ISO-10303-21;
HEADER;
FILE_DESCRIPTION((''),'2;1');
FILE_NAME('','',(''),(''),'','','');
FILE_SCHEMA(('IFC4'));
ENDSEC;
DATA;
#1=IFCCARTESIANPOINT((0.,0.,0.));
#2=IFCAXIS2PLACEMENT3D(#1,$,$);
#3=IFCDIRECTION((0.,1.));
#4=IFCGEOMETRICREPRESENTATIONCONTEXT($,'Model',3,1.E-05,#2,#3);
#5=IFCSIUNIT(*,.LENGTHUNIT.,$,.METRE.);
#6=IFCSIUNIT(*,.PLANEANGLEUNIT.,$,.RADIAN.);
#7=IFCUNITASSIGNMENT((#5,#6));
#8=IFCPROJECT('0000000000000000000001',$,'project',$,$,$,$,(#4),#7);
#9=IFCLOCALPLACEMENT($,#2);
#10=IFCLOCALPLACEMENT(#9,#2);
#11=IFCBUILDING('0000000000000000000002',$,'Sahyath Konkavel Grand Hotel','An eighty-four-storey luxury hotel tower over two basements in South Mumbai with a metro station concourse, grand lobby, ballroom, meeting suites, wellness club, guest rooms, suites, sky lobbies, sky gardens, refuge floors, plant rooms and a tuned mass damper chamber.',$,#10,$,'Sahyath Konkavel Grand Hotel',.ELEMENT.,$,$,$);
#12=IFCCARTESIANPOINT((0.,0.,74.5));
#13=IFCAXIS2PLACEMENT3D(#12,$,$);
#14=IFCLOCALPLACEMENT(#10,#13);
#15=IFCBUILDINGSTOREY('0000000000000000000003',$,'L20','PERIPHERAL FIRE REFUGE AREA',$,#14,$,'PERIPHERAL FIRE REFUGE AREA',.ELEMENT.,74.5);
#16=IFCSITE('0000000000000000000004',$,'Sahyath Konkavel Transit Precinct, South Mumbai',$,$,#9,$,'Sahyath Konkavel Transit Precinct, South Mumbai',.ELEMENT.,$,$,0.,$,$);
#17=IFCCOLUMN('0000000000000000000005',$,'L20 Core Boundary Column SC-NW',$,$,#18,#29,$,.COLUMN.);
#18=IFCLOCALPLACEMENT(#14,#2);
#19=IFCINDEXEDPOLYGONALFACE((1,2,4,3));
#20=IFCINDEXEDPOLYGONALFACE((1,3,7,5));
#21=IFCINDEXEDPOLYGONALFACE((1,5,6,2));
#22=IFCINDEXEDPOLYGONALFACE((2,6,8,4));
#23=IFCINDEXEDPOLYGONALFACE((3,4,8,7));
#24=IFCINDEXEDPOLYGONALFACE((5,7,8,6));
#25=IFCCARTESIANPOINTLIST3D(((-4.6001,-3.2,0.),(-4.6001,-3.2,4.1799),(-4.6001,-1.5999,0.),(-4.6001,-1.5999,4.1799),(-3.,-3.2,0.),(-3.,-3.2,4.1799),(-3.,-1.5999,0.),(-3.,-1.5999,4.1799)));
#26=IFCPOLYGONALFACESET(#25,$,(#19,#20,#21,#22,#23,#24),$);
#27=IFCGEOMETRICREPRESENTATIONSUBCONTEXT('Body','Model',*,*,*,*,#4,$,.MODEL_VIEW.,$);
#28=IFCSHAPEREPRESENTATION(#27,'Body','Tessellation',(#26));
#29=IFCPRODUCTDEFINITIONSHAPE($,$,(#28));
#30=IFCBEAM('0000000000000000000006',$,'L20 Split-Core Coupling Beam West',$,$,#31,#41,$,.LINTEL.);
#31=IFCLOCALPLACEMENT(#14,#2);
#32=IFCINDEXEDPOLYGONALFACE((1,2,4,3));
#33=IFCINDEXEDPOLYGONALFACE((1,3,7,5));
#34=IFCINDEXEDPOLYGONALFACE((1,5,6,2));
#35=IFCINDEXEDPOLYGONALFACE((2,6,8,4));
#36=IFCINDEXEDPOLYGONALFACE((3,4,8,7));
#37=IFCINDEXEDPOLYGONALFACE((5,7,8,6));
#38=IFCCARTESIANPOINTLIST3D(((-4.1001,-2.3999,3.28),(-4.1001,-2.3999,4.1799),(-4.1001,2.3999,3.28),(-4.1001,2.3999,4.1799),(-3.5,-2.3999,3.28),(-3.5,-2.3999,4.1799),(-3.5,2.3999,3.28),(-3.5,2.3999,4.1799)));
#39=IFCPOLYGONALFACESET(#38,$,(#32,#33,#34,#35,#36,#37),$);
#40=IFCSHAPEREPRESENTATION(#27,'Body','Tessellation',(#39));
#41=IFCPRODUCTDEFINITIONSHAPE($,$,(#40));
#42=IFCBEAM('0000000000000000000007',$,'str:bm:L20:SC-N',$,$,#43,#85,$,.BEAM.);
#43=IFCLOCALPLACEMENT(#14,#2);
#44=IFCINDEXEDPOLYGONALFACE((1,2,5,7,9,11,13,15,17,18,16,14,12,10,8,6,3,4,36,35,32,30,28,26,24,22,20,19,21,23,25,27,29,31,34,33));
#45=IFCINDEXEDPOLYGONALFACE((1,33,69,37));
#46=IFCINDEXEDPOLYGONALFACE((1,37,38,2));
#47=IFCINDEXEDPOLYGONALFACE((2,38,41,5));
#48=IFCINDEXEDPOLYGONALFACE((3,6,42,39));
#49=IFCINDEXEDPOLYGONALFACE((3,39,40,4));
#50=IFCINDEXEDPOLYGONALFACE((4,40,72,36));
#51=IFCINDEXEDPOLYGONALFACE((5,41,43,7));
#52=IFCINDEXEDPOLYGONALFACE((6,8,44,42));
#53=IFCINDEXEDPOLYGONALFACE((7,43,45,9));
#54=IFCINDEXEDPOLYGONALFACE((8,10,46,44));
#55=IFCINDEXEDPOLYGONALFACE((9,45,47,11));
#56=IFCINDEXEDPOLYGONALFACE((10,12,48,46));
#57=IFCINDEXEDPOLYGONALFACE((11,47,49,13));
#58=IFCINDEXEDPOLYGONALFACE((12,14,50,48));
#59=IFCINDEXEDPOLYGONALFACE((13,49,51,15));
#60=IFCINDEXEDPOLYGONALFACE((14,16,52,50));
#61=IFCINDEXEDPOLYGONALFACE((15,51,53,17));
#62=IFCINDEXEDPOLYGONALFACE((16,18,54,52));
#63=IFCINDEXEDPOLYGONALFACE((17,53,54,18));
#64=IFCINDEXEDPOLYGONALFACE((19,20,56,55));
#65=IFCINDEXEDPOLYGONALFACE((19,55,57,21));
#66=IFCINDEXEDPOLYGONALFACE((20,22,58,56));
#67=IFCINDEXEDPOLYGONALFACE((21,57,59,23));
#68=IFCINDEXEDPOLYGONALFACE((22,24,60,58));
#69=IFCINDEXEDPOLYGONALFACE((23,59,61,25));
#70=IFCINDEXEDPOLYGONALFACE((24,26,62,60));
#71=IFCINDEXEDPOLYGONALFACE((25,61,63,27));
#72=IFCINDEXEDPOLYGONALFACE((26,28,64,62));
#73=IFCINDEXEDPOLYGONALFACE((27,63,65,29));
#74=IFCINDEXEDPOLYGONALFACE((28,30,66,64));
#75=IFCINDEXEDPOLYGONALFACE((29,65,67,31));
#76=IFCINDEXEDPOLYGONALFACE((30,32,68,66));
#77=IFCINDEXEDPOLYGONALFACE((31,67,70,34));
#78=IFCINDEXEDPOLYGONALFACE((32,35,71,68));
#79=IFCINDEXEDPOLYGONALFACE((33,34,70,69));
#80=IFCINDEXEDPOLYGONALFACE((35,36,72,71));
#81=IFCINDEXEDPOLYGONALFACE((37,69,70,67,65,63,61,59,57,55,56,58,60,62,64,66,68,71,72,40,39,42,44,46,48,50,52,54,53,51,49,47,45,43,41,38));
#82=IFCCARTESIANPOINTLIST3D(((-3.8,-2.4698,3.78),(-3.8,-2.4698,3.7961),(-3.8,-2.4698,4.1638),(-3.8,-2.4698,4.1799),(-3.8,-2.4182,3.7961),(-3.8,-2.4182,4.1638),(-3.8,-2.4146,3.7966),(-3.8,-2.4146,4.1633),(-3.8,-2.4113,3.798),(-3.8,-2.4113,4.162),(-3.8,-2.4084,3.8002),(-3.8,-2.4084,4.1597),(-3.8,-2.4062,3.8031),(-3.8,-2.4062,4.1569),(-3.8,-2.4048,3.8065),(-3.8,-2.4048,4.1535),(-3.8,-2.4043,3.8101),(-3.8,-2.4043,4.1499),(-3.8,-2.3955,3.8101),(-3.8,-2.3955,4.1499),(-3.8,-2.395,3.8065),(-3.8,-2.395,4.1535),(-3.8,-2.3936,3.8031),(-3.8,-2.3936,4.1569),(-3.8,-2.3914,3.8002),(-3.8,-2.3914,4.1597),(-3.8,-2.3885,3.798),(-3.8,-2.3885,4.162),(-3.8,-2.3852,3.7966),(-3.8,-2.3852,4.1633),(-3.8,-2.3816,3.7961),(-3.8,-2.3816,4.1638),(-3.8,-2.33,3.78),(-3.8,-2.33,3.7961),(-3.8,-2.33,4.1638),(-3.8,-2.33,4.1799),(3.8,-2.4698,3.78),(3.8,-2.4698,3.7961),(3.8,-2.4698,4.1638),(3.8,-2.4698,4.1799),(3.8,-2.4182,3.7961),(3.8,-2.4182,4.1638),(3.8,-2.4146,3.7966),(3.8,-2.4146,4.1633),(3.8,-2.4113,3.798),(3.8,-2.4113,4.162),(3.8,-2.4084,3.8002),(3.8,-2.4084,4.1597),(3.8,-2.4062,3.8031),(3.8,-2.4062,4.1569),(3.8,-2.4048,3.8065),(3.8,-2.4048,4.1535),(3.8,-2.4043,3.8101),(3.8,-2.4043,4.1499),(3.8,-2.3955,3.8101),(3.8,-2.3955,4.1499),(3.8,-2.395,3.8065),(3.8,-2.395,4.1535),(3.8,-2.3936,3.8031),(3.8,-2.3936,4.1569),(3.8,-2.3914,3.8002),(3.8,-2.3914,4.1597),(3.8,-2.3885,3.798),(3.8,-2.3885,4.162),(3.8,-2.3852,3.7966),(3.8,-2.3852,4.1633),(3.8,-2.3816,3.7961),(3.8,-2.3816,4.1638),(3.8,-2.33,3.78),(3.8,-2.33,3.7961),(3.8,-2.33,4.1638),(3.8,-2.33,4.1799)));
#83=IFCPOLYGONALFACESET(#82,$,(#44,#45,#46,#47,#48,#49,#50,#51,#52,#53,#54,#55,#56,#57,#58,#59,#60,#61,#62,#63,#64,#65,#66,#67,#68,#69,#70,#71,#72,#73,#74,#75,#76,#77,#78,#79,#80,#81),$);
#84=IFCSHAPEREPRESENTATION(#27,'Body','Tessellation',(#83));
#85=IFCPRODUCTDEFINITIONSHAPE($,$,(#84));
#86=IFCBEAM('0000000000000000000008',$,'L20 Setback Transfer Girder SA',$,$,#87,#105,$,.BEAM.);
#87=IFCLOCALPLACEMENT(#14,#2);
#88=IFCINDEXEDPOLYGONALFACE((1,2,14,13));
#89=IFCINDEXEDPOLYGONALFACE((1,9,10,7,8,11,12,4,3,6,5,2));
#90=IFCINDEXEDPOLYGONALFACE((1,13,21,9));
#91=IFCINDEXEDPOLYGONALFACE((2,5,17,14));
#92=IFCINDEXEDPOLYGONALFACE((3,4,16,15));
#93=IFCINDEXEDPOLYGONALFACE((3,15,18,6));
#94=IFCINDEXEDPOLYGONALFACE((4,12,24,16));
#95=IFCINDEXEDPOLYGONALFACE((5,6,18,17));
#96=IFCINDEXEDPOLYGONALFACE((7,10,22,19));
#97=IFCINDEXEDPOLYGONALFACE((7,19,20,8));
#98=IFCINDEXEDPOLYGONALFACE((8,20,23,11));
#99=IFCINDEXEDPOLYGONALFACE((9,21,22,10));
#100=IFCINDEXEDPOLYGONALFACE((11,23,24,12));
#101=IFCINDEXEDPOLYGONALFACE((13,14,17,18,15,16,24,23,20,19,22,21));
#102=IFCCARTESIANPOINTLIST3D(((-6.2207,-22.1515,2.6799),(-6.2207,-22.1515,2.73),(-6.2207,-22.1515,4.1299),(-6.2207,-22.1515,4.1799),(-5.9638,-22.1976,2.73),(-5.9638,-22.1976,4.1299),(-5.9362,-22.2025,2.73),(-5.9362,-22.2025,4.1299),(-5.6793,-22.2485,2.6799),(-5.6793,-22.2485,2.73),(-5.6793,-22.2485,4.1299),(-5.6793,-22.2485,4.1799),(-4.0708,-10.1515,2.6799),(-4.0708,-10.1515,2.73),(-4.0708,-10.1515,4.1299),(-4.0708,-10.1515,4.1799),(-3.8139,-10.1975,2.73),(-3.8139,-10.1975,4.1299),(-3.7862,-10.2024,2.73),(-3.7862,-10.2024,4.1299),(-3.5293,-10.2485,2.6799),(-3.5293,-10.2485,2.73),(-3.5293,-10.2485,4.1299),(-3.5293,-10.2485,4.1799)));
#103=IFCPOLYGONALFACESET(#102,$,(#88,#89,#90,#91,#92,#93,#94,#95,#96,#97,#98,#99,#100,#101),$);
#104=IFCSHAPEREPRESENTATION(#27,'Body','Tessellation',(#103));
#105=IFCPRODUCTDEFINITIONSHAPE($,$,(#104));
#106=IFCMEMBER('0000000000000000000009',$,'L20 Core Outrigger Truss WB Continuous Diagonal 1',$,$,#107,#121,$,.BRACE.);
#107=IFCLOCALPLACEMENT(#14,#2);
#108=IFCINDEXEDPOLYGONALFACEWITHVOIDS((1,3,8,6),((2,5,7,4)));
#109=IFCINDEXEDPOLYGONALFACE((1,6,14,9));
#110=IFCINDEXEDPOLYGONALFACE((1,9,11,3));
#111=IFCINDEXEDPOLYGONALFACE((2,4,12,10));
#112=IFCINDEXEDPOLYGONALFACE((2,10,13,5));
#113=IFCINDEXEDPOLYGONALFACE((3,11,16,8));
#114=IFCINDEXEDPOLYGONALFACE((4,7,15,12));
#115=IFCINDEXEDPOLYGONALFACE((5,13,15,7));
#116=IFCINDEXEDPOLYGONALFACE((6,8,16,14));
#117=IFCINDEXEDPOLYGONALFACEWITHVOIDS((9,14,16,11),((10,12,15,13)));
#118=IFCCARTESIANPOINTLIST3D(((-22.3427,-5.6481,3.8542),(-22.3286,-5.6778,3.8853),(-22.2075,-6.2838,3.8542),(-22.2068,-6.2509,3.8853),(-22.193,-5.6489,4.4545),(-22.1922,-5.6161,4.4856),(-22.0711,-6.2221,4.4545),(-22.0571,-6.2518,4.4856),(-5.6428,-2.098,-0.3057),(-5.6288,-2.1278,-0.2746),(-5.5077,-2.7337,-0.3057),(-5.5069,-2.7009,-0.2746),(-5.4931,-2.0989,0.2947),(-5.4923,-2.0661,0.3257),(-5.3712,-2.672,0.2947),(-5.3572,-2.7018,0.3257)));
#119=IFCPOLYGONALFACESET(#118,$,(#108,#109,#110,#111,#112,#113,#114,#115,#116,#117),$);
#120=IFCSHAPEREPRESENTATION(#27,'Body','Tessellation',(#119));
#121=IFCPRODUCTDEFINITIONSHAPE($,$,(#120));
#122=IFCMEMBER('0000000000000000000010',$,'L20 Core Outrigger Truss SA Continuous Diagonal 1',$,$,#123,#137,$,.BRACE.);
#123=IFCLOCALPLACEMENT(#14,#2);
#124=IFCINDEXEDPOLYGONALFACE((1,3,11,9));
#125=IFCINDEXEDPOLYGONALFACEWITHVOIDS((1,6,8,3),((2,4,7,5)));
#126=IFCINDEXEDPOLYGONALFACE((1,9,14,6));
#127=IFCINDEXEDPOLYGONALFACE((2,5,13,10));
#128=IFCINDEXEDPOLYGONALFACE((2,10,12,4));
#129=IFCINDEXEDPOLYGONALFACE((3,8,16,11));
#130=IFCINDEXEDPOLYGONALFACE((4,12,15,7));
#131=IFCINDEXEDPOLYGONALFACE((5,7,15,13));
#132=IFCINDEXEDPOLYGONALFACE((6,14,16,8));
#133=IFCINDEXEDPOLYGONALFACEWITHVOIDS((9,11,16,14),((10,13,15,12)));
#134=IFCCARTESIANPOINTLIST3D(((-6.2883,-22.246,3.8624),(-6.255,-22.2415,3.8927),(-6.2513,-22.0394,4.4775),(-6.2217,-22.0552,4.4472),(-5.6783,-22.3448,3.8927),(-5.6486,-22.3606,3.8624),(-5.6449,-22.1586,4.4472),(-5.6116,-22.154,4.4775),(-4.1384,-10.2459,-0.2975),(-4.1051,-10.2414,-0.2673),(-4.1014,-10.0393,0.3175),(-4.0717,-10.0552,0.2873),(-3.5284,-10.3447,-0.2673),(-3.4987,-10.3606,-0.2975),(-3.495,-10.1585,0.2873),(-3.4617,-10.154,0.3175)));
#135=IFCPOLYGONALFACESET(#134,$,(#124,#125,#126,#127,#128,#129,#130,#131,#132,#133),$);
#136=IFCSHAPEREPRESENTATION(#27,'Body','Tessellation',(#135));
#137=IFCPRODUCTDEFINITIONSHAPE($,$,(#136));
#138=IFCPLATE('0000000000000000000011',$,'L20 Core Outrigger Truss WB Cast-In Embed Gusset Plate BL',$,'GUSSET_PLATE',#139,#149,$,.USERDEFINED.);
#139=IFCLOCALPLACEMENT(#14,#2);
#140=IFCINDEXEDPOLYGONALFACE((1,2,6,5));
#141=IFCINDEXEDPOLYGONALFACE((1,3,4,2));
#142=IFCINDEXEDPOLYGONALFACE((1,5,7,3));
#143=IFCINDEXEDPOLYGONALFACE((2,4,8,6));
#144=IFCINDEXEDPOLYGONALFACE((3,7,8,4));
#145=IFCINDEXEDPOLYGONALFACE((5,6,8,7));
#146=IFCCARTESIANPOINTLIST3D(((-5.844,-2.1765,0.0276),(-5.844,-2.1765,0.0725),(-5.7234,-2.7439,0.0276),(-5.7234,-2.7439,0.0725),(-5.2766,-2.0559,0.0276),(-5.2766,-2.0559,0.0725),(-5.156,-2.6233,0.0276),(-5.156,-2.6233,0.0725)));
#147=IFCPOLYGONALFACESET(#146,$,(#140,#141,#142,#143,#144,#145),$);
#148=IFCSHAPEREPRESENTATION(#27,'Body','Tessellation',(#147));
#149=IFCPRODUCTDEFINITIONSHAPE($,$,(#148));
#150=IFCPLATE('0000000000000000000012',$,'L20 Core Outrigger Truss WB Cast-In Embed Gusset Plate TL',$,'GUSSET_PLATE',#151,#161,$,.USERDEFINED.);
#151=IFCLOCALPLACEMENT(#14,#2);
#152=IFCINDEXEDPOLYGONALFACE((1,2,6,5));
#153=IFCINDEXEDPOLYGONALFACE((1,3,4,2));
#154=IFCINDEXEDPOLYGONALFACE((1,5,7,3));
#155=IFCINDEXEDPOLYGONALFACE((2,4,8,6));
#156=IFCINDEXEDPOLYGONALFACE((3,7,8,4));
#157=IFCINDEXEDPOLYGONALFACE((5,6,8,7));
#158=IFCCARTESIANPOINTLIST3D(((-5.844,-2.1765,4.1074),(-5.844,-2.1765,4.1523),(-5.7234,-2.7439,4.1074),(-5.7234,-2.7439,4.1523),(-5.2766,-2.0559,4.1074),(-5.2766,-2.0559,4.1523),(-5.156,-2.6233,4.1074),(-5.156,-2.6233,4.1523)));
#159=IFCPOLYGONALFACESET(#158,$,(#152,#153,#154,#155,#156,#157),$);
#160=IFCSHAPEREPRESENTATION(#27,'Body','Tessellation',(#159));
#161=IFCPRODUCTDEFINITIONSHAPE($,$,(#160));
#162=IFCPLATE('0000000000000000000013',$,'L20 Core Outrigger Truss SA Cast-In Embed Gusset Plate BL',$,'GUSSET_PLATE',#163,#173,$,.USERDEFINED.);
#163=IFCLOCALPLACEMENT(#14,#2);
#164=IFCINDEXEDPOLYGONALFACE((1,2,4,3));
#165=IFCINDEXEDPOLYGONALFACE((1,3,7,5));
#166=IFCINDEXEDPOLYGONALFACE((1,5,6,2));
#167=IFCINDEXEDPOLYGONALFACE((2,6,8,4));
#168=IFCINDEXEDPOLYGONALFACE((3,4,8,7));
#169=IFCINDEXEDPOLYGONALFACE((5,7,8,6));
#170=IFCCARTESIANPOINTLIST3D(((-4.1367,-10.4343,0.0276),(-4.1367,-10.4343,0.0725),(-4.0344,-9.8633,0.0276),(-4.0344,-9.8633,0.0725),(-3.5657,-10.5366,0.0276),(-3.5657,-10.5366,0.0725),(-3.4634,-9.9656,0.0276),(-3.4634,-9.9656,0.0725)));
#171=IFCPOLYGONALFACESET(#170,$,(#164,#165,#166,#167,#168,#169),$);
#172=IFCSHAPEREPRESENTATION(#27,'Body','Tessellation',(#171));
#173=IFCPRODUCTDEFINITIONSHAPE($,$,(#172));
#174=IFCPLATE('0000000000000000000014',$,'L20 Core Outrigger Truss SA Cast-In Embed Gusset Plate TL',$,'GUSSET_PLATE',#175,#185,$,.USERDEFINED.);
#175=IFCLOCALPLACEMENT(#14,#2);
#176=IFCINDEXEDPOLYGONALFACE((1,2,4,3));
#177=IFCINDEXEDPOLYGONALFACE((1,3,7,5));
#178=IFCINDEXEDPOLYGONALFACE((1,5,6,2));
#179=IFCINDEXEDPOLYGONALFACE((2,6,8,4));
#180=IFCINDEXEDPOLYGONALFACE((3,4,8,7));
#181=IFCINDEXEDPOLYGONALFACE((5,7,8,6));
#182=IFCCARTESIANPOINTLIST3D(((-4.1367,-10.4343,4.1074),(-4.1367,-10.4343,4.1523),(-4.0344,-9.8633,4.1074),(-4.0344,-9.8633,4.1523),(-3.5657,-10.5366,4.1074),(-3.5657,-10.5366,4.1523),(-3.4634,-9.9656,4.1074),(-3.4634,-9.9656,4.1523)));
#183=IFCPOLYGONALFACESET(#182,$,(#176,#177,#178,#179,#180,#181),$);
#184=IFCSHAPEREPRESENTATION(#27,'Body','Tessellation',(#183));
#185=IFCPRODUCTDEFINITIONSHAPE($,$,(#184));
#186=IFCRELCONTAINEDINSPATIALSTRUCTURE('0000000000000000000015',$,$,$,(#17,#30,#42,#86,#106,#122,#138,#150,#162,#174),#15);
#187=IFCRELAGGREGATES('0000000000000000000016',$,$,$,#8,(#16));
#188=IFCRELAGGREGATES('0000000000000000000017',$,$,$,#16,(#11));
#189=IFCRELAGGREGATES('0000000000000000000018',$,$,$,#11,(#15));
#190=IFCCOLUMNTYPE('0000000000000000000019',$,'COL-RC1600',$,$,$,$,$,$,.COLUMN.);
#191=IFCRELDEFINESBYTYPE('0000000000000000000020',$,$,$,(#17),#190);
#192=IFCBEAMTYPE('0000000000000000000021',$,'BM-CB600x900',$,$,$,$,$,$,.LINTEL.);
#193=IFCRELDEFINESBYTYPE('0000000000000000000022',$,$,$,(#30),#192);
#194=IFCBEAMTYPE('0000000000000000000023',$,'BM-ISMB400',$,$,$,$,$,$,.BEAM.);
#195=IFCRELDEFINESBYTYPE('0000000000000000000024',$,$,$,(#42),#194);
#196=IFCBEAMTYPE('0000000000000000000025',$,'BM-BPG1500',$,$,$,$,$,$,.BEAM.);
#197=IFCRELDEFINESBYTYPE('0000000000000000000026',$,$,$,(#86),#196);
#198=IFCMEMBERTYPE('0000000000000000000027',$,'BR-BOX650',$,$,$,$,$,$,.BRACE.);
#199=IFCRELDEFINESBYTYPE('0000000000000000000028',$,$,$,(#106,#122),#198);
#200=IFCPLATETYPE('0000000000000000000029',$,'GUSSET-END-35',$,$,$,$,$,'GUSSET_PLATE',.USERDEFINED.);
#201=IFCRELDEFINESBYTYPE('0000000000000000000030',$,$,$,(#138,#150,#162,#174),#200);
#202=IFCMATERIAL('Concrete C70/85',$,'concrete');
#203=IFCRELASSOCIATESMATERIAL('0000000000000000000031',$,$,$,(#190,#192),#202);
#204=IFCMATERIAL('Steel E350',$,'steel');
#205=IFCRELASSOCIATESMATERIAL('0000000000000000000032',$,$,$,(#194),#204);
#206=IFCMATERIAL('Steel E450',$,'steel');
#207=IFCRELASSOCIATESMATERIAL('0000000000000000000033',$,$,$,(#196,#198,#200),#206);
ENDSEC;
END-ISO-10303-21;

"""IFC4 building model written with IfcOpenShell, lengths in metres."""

from ifc_helpers import new_model, si_unit, direction, frame, origin, origin_2d, place, context, subcontext, project, spatial, rectangle, hollow_rectangle, i_section, extrude, source, transform, mapped, material, material_profile, profile_set, type_object, element, save


model = new_model("IFC4")

# Units and contexts
model_context = context("Model", 3, precision=1e-05, world=origin(), true_north=direction((0.0, 1.0)))
body_context = subcontext(model_context, "Body", "Model", "MODEL_VIEW")
ifc_project = project(units=[si_unit("LENGTHUNIT", "METRE"), si_unit("PLANEANGLEUNIT", "RADIAN")], contexts=[model_context])

# Site, building, storey
site_placement = place(None, origin())
site = spatial("IfcSite", under=ifc_project, at=site_placement, Name="Sahyath Konkavel Transit Precinct, South Mumbai", LongName="Sahyath Konkavel Transit Precinct, South Mumbai", CompositionType="ELEMENT", RefElevation=0.0)
building_placement = place(site_placement, origin())
building = spatial("IfcBuilding", under=site, at=building_placement, Name="Sahyath Konkavel Grand Hotel", Description="An eighty-four-storey luxury hotel tower over two basements in South Mumbai with a metro station concourse, grand lobby, ballroom, meeting suites, wellness club, guest rooms, suites, sky lobbies, sky gardens, refuge floors, plant rooms and a tuned mass damper chamber.", LongName="Sahyath Konkavel Grand Hotel", CompositionType="ELEMENT")
storey_placement = place(building_placement, frame((0.0, 0.0, 74.5)))
storey = spatial("IfcBuildingStorey", under=building, at=storey_placement, Name="L20", Description="PERIPHERAL FIRE REFUGE AREA", LongName="PERIPHERAL FIRE REFUGE AREA", CompositionType="ELEMENT", Elevation=74.5)

# Column
ifc_material_1 = material(Name="Concrete C70/85", Category="concrete")
ifc_material_profile_1 = material_profile(ifc_material_1, rectangle(XDim=1.6001, YDim=1.6001, at=origin_2d()), Name="RC 1600x1600")
ifc_profile_set_1 = profile_set([ifc_material_profile_1], Name="Concrete C70/85")
column_type = type_object("IfcColumnType", Name="COL-RC1600", PredefinedType="COLUMN", material=ifc_profile_set_1)
shared_shape_1 = source(origin(), body_context, "Body", "SweptSolid", [
    extrude(rectangle(XDim=1.6001, YDim=1.6001, at=origin_2d()), origin(), (0.0, 0.0, 1.0), 4.1799),
])
column_placement = place(storey_placement, frame((-3.8, -2.3999, 0.0), z_axis=(0.0, 0.0, 1.0), x_axis=(1.0, 0.0, 0.0)))
element("IfcColumn", 1, at=column_placement, inside=storey, type_object=column_type, Name="L20 Core Boundary Column SC-NW", PredefinedType="COLUMN", context=body_context, shape_type="MappedRepresentation", body=[
    mapped(shared_shape_1, transform((0.0, 0.0, 0.0), scale=1.0)),
])

# Beams
ifc_material_profile_2 = material_profile(ifc_material_1, rectangle(XDim=0.6001, YDim=0.8999, at=origin_2d()), Name="RC 600x900")
ifc_profile_set_2 = profile_set([ifc_material_profile_2], Name="Concrete C70/85")
beam_type_1 = type_object("IfcBeamType", Name="BM-CB600x900", PredefinedType="LINTEL", material=ifc_profile_set_2)
shared_shape_2 = source(origin(), body_context, "Body", "SweptSolid", [
    extrude(rectangle(XDim=0.6001, YDim=0.8999, at=origin_2d()), origin(), (0.0, 0.0, 1.0), 4.7998),
])
beam_1_placement = place(storey_placement, frame((-3.8, -2.3999, 3.73), z_axis=(0.0, 1.0, 0.0), x_axis=(-1.0, 0.0, 0.0)))
element("IfcBeam", 2, at=beam_1_placement, inside=storey, type_object=beam_type_1, Name="L20 Split-Core Coupling Beam West", PredefinedType="LINTEL", context=body_context, shape_type="MappedRepresentation", body=[
    mapped(shared_shape_2, transform((0.0, 0.0, 0.0), scale=1.0)),
])
ifc_material_2 = material(Name="Steel E350", Category="steel")
ifc_material_profile_3 = material_profile(ifc_material_2, i_section(OverallWidth=0.1399, OverallDepth=0.3999, WebThickness=0.0088, FlangeThickness=0.0161, FilletRadius=0.0139, at=origin_2d()), Name="ISMB 400")
ifc_profile_set_3 = profile_set([ifc_material_profile_3], Name="Steel E350")
beam_type_2 = type_object("IfcBeamType", Name="BM-ISMB400", PredefinedType="BEAM", material=ifc_profile_set_3)
shared_shape_3 = source(origin(), body_context, "Body", "SweptSolid", [
    extrude(i_section(OverallWidth=0.1399, OverallDepth=0.3999, WebThickness=0.0088, FlangeThickness=0.0161, FilletRadius=0.0139, at=origin_2d()), origin(), (0.0, 0.0, 1.0), 7.6001),
])
beam_2_placement = place(storey_placement, frame((-3.8, -2.3999, 3.98), z_axis=(1.0, 0.0, 0.0), x_axis=(0.0, 1.0, 0.0)))
element("IfcBeam", 3, at=beam_2_placement, inside=storey, type_object=beam_type_2, Name="str:bm:L20:SC-N", PredefinedType="BEAM", context=body_context, shape_type="MappedRepresentation", body=[
    mapped(shared_shape_3, transform((0.0, 0.0, 0.0), scale=1.0)),
])
ifc_material_3 = material(Name="Steel E450", Category="steel")
ifc_material_profile_4 = material_profile(ifc_material_3, i_section(OverallWidth=0.55, OverallDepth=1.5, WebThickness=0.0281, FlangeThickness=0.05, at=origin_2d()), Name="BPG 1500x550")
ifc_profile_set_4 = profile_set([ifc_material_profile_4], Name="Steel E450")
beam_type_3 = type_object("IfcBeamType", Name="BM-BPG1500", PredefinedType="BEAM", material=ifc_profile_set_4)
shared_shape_4 = source(origin(), body_context, "Body", "SweptSolid", [
    extrude(i_section(OverallWidth=0.55, OverallDepth=1.5, WebThickness=0.0281, FlangeThickness=0.05, at=origin_2d()), origin(), (0.0, 0.0, 1.0), 12.1912),
])
beam_3_placement = place(storey_placement, frame((-3.8, -10.2, 3.4299), z_axis=(-0.176351, -0.984327, 0.0), x_axis=(0.984327, -0.176351, 0.0)))
element("IfcBeam", 4, at=beam_3_placement, inside=storey, type_object=beam_type_3, Name="L20 Setback Transfer Girder SA", PredefinedType="BEAM", context=body_context, shape_type="MappedRepresentation", body=[
    mapped(shared_shape_4, transform((0.0, 0.0, 0.0), scale=1.0)),
])

# Members
ifc_material_profile_5 = material_profile(ifc_material_3, hollow_rectangle(XDim=0.6499, YDim=0.6499, WallThickness=0.032, at=origin_2d()), Name="BOX 650x650x32")
ifc_profile_set_5 = profile_set([ifc_material_profile_5], Name="Steel E450")
member_type = type_object("IfcMemberType", Name="BR-BOX650", PredefinedType="BRACE", material=ifc_profile_set_5)
shared_shape_5 = source(origin(), body_context, "Body", "SweptSolid", [
    extrude(hollow_rectangle(XDim=0.6499, YDim=0.6499, WallThickness=0.032, at=origin_2d()), origin(), (0.0, 0.0, 1.0), 17.5725),
])
member_1_placement = place(storey_placement, frame((-5.5, -2.3999, 0.01), z_axis=(-0.950341, -0.202022, 0.236727), x_axis=(0.207932, -0.978143, 0.0)))
element("IfcMember", 5, at=member_1_placement, inside=storey, type_object=member_type, Name="L20 Core Outrigger Truss WB Continuous Diagonal 1", PredefinedType="BRACE", context=body_context, shape_type="MappedRepresentation", body=[
    mapped(shared_shape_5, transform((0.0, 0.0, 0.0), scale=1.0)),
])
shared_shape_6 = source(origin(), body_context, "Body", "SweptSolid", [
    extrude(hollow_rectangle(XDim=0.6499, YDim=0.6499, WallThickness=0.032, at=origin_2d()), origin(), (0.0, 0.0, 1.0), 12.8813),
])
member_2_placement = place(storey_placement, frame((-3.8, -10.2, 0.01), z_axis=(-0.166902, -0.931586, 0.322943), x_axis=(0.984327, -0.176351, 0.0)))
element("IfcMember", 6, at=member_2_placement, inside=storey, type_object=member_type, Name="L20 Core Outrigger Truss SA Continuous Diagonal 1", PredefinedType="BRACE", context=body_context, shape_type="MappedRepresentation", body=[
    mapped(shared_shape_6, transform((0.0, 0.0, 0.0), scale=1.0)),
])

# Plates
plate_type = type_object("IfcPlateType", Name="GUSSET-END-35", ElementType="GUSSET_PLATE", PredefinedType="USERDEFINED", material=ifc_material_3)
shared_shape_7 = source(origin(), body_context, "Body", "SweptSolid", [
    extrude(rectangle(XDim=0.5801, YDim=0.5801, at=origin_2d()), origin(), (0.0, 0.0, 1.0), 0.0449),
])
for number, where, z_axis, x_axis, name in (
    (7, (-5.5, -2.3999, 0.0276), (0.0, 0.0, 1.0), (-0.978144, -0.207929, 0.0), "L20 Core Outrigger Truss WB Cast-In Embed Gusset Plate BL"),
    (8, (-5.5, -2.3999, 4.1074), (0.0, 0.0, 1.0), (-0.978144, -0.207929, 0.0), "L20 Core Outrigger Truss WB Cast-In Embed Gusset Plate TL"),
    (9, (-3.8, -10.2, 0.0276), (0.0, 0.0, 1.0), (-0.176363, -0.984325, 0.0), "L20 Core Outrigger Truss SA Cast-In Embed Gusset Plate BL"),
    (10, (-3.8, -10.2, 4.1074), (0.0, 0.0, 1.0), (-0.176363, -0.984325, 0.0), "L20 Core Outrigger Truss SA Cast-In Embed Gusset Plate TL"),
):
    element("IfcPlate", number, at=place(storey_placement, frame(where, z_axis=z_axis, x_axis=x_axis)), inside=storey, type_object=plate_type, Name=name, ObjectType="GUSSET_PLATE", PredefinedType="USERDEFINED", context=body_context, shape_type="MappedRepresentation", body=[
        mapped(shared_shape_7, transform((0.0, 0.0, 0.0), scale=1.0)),
    ])

save(model, "model.ifc")
